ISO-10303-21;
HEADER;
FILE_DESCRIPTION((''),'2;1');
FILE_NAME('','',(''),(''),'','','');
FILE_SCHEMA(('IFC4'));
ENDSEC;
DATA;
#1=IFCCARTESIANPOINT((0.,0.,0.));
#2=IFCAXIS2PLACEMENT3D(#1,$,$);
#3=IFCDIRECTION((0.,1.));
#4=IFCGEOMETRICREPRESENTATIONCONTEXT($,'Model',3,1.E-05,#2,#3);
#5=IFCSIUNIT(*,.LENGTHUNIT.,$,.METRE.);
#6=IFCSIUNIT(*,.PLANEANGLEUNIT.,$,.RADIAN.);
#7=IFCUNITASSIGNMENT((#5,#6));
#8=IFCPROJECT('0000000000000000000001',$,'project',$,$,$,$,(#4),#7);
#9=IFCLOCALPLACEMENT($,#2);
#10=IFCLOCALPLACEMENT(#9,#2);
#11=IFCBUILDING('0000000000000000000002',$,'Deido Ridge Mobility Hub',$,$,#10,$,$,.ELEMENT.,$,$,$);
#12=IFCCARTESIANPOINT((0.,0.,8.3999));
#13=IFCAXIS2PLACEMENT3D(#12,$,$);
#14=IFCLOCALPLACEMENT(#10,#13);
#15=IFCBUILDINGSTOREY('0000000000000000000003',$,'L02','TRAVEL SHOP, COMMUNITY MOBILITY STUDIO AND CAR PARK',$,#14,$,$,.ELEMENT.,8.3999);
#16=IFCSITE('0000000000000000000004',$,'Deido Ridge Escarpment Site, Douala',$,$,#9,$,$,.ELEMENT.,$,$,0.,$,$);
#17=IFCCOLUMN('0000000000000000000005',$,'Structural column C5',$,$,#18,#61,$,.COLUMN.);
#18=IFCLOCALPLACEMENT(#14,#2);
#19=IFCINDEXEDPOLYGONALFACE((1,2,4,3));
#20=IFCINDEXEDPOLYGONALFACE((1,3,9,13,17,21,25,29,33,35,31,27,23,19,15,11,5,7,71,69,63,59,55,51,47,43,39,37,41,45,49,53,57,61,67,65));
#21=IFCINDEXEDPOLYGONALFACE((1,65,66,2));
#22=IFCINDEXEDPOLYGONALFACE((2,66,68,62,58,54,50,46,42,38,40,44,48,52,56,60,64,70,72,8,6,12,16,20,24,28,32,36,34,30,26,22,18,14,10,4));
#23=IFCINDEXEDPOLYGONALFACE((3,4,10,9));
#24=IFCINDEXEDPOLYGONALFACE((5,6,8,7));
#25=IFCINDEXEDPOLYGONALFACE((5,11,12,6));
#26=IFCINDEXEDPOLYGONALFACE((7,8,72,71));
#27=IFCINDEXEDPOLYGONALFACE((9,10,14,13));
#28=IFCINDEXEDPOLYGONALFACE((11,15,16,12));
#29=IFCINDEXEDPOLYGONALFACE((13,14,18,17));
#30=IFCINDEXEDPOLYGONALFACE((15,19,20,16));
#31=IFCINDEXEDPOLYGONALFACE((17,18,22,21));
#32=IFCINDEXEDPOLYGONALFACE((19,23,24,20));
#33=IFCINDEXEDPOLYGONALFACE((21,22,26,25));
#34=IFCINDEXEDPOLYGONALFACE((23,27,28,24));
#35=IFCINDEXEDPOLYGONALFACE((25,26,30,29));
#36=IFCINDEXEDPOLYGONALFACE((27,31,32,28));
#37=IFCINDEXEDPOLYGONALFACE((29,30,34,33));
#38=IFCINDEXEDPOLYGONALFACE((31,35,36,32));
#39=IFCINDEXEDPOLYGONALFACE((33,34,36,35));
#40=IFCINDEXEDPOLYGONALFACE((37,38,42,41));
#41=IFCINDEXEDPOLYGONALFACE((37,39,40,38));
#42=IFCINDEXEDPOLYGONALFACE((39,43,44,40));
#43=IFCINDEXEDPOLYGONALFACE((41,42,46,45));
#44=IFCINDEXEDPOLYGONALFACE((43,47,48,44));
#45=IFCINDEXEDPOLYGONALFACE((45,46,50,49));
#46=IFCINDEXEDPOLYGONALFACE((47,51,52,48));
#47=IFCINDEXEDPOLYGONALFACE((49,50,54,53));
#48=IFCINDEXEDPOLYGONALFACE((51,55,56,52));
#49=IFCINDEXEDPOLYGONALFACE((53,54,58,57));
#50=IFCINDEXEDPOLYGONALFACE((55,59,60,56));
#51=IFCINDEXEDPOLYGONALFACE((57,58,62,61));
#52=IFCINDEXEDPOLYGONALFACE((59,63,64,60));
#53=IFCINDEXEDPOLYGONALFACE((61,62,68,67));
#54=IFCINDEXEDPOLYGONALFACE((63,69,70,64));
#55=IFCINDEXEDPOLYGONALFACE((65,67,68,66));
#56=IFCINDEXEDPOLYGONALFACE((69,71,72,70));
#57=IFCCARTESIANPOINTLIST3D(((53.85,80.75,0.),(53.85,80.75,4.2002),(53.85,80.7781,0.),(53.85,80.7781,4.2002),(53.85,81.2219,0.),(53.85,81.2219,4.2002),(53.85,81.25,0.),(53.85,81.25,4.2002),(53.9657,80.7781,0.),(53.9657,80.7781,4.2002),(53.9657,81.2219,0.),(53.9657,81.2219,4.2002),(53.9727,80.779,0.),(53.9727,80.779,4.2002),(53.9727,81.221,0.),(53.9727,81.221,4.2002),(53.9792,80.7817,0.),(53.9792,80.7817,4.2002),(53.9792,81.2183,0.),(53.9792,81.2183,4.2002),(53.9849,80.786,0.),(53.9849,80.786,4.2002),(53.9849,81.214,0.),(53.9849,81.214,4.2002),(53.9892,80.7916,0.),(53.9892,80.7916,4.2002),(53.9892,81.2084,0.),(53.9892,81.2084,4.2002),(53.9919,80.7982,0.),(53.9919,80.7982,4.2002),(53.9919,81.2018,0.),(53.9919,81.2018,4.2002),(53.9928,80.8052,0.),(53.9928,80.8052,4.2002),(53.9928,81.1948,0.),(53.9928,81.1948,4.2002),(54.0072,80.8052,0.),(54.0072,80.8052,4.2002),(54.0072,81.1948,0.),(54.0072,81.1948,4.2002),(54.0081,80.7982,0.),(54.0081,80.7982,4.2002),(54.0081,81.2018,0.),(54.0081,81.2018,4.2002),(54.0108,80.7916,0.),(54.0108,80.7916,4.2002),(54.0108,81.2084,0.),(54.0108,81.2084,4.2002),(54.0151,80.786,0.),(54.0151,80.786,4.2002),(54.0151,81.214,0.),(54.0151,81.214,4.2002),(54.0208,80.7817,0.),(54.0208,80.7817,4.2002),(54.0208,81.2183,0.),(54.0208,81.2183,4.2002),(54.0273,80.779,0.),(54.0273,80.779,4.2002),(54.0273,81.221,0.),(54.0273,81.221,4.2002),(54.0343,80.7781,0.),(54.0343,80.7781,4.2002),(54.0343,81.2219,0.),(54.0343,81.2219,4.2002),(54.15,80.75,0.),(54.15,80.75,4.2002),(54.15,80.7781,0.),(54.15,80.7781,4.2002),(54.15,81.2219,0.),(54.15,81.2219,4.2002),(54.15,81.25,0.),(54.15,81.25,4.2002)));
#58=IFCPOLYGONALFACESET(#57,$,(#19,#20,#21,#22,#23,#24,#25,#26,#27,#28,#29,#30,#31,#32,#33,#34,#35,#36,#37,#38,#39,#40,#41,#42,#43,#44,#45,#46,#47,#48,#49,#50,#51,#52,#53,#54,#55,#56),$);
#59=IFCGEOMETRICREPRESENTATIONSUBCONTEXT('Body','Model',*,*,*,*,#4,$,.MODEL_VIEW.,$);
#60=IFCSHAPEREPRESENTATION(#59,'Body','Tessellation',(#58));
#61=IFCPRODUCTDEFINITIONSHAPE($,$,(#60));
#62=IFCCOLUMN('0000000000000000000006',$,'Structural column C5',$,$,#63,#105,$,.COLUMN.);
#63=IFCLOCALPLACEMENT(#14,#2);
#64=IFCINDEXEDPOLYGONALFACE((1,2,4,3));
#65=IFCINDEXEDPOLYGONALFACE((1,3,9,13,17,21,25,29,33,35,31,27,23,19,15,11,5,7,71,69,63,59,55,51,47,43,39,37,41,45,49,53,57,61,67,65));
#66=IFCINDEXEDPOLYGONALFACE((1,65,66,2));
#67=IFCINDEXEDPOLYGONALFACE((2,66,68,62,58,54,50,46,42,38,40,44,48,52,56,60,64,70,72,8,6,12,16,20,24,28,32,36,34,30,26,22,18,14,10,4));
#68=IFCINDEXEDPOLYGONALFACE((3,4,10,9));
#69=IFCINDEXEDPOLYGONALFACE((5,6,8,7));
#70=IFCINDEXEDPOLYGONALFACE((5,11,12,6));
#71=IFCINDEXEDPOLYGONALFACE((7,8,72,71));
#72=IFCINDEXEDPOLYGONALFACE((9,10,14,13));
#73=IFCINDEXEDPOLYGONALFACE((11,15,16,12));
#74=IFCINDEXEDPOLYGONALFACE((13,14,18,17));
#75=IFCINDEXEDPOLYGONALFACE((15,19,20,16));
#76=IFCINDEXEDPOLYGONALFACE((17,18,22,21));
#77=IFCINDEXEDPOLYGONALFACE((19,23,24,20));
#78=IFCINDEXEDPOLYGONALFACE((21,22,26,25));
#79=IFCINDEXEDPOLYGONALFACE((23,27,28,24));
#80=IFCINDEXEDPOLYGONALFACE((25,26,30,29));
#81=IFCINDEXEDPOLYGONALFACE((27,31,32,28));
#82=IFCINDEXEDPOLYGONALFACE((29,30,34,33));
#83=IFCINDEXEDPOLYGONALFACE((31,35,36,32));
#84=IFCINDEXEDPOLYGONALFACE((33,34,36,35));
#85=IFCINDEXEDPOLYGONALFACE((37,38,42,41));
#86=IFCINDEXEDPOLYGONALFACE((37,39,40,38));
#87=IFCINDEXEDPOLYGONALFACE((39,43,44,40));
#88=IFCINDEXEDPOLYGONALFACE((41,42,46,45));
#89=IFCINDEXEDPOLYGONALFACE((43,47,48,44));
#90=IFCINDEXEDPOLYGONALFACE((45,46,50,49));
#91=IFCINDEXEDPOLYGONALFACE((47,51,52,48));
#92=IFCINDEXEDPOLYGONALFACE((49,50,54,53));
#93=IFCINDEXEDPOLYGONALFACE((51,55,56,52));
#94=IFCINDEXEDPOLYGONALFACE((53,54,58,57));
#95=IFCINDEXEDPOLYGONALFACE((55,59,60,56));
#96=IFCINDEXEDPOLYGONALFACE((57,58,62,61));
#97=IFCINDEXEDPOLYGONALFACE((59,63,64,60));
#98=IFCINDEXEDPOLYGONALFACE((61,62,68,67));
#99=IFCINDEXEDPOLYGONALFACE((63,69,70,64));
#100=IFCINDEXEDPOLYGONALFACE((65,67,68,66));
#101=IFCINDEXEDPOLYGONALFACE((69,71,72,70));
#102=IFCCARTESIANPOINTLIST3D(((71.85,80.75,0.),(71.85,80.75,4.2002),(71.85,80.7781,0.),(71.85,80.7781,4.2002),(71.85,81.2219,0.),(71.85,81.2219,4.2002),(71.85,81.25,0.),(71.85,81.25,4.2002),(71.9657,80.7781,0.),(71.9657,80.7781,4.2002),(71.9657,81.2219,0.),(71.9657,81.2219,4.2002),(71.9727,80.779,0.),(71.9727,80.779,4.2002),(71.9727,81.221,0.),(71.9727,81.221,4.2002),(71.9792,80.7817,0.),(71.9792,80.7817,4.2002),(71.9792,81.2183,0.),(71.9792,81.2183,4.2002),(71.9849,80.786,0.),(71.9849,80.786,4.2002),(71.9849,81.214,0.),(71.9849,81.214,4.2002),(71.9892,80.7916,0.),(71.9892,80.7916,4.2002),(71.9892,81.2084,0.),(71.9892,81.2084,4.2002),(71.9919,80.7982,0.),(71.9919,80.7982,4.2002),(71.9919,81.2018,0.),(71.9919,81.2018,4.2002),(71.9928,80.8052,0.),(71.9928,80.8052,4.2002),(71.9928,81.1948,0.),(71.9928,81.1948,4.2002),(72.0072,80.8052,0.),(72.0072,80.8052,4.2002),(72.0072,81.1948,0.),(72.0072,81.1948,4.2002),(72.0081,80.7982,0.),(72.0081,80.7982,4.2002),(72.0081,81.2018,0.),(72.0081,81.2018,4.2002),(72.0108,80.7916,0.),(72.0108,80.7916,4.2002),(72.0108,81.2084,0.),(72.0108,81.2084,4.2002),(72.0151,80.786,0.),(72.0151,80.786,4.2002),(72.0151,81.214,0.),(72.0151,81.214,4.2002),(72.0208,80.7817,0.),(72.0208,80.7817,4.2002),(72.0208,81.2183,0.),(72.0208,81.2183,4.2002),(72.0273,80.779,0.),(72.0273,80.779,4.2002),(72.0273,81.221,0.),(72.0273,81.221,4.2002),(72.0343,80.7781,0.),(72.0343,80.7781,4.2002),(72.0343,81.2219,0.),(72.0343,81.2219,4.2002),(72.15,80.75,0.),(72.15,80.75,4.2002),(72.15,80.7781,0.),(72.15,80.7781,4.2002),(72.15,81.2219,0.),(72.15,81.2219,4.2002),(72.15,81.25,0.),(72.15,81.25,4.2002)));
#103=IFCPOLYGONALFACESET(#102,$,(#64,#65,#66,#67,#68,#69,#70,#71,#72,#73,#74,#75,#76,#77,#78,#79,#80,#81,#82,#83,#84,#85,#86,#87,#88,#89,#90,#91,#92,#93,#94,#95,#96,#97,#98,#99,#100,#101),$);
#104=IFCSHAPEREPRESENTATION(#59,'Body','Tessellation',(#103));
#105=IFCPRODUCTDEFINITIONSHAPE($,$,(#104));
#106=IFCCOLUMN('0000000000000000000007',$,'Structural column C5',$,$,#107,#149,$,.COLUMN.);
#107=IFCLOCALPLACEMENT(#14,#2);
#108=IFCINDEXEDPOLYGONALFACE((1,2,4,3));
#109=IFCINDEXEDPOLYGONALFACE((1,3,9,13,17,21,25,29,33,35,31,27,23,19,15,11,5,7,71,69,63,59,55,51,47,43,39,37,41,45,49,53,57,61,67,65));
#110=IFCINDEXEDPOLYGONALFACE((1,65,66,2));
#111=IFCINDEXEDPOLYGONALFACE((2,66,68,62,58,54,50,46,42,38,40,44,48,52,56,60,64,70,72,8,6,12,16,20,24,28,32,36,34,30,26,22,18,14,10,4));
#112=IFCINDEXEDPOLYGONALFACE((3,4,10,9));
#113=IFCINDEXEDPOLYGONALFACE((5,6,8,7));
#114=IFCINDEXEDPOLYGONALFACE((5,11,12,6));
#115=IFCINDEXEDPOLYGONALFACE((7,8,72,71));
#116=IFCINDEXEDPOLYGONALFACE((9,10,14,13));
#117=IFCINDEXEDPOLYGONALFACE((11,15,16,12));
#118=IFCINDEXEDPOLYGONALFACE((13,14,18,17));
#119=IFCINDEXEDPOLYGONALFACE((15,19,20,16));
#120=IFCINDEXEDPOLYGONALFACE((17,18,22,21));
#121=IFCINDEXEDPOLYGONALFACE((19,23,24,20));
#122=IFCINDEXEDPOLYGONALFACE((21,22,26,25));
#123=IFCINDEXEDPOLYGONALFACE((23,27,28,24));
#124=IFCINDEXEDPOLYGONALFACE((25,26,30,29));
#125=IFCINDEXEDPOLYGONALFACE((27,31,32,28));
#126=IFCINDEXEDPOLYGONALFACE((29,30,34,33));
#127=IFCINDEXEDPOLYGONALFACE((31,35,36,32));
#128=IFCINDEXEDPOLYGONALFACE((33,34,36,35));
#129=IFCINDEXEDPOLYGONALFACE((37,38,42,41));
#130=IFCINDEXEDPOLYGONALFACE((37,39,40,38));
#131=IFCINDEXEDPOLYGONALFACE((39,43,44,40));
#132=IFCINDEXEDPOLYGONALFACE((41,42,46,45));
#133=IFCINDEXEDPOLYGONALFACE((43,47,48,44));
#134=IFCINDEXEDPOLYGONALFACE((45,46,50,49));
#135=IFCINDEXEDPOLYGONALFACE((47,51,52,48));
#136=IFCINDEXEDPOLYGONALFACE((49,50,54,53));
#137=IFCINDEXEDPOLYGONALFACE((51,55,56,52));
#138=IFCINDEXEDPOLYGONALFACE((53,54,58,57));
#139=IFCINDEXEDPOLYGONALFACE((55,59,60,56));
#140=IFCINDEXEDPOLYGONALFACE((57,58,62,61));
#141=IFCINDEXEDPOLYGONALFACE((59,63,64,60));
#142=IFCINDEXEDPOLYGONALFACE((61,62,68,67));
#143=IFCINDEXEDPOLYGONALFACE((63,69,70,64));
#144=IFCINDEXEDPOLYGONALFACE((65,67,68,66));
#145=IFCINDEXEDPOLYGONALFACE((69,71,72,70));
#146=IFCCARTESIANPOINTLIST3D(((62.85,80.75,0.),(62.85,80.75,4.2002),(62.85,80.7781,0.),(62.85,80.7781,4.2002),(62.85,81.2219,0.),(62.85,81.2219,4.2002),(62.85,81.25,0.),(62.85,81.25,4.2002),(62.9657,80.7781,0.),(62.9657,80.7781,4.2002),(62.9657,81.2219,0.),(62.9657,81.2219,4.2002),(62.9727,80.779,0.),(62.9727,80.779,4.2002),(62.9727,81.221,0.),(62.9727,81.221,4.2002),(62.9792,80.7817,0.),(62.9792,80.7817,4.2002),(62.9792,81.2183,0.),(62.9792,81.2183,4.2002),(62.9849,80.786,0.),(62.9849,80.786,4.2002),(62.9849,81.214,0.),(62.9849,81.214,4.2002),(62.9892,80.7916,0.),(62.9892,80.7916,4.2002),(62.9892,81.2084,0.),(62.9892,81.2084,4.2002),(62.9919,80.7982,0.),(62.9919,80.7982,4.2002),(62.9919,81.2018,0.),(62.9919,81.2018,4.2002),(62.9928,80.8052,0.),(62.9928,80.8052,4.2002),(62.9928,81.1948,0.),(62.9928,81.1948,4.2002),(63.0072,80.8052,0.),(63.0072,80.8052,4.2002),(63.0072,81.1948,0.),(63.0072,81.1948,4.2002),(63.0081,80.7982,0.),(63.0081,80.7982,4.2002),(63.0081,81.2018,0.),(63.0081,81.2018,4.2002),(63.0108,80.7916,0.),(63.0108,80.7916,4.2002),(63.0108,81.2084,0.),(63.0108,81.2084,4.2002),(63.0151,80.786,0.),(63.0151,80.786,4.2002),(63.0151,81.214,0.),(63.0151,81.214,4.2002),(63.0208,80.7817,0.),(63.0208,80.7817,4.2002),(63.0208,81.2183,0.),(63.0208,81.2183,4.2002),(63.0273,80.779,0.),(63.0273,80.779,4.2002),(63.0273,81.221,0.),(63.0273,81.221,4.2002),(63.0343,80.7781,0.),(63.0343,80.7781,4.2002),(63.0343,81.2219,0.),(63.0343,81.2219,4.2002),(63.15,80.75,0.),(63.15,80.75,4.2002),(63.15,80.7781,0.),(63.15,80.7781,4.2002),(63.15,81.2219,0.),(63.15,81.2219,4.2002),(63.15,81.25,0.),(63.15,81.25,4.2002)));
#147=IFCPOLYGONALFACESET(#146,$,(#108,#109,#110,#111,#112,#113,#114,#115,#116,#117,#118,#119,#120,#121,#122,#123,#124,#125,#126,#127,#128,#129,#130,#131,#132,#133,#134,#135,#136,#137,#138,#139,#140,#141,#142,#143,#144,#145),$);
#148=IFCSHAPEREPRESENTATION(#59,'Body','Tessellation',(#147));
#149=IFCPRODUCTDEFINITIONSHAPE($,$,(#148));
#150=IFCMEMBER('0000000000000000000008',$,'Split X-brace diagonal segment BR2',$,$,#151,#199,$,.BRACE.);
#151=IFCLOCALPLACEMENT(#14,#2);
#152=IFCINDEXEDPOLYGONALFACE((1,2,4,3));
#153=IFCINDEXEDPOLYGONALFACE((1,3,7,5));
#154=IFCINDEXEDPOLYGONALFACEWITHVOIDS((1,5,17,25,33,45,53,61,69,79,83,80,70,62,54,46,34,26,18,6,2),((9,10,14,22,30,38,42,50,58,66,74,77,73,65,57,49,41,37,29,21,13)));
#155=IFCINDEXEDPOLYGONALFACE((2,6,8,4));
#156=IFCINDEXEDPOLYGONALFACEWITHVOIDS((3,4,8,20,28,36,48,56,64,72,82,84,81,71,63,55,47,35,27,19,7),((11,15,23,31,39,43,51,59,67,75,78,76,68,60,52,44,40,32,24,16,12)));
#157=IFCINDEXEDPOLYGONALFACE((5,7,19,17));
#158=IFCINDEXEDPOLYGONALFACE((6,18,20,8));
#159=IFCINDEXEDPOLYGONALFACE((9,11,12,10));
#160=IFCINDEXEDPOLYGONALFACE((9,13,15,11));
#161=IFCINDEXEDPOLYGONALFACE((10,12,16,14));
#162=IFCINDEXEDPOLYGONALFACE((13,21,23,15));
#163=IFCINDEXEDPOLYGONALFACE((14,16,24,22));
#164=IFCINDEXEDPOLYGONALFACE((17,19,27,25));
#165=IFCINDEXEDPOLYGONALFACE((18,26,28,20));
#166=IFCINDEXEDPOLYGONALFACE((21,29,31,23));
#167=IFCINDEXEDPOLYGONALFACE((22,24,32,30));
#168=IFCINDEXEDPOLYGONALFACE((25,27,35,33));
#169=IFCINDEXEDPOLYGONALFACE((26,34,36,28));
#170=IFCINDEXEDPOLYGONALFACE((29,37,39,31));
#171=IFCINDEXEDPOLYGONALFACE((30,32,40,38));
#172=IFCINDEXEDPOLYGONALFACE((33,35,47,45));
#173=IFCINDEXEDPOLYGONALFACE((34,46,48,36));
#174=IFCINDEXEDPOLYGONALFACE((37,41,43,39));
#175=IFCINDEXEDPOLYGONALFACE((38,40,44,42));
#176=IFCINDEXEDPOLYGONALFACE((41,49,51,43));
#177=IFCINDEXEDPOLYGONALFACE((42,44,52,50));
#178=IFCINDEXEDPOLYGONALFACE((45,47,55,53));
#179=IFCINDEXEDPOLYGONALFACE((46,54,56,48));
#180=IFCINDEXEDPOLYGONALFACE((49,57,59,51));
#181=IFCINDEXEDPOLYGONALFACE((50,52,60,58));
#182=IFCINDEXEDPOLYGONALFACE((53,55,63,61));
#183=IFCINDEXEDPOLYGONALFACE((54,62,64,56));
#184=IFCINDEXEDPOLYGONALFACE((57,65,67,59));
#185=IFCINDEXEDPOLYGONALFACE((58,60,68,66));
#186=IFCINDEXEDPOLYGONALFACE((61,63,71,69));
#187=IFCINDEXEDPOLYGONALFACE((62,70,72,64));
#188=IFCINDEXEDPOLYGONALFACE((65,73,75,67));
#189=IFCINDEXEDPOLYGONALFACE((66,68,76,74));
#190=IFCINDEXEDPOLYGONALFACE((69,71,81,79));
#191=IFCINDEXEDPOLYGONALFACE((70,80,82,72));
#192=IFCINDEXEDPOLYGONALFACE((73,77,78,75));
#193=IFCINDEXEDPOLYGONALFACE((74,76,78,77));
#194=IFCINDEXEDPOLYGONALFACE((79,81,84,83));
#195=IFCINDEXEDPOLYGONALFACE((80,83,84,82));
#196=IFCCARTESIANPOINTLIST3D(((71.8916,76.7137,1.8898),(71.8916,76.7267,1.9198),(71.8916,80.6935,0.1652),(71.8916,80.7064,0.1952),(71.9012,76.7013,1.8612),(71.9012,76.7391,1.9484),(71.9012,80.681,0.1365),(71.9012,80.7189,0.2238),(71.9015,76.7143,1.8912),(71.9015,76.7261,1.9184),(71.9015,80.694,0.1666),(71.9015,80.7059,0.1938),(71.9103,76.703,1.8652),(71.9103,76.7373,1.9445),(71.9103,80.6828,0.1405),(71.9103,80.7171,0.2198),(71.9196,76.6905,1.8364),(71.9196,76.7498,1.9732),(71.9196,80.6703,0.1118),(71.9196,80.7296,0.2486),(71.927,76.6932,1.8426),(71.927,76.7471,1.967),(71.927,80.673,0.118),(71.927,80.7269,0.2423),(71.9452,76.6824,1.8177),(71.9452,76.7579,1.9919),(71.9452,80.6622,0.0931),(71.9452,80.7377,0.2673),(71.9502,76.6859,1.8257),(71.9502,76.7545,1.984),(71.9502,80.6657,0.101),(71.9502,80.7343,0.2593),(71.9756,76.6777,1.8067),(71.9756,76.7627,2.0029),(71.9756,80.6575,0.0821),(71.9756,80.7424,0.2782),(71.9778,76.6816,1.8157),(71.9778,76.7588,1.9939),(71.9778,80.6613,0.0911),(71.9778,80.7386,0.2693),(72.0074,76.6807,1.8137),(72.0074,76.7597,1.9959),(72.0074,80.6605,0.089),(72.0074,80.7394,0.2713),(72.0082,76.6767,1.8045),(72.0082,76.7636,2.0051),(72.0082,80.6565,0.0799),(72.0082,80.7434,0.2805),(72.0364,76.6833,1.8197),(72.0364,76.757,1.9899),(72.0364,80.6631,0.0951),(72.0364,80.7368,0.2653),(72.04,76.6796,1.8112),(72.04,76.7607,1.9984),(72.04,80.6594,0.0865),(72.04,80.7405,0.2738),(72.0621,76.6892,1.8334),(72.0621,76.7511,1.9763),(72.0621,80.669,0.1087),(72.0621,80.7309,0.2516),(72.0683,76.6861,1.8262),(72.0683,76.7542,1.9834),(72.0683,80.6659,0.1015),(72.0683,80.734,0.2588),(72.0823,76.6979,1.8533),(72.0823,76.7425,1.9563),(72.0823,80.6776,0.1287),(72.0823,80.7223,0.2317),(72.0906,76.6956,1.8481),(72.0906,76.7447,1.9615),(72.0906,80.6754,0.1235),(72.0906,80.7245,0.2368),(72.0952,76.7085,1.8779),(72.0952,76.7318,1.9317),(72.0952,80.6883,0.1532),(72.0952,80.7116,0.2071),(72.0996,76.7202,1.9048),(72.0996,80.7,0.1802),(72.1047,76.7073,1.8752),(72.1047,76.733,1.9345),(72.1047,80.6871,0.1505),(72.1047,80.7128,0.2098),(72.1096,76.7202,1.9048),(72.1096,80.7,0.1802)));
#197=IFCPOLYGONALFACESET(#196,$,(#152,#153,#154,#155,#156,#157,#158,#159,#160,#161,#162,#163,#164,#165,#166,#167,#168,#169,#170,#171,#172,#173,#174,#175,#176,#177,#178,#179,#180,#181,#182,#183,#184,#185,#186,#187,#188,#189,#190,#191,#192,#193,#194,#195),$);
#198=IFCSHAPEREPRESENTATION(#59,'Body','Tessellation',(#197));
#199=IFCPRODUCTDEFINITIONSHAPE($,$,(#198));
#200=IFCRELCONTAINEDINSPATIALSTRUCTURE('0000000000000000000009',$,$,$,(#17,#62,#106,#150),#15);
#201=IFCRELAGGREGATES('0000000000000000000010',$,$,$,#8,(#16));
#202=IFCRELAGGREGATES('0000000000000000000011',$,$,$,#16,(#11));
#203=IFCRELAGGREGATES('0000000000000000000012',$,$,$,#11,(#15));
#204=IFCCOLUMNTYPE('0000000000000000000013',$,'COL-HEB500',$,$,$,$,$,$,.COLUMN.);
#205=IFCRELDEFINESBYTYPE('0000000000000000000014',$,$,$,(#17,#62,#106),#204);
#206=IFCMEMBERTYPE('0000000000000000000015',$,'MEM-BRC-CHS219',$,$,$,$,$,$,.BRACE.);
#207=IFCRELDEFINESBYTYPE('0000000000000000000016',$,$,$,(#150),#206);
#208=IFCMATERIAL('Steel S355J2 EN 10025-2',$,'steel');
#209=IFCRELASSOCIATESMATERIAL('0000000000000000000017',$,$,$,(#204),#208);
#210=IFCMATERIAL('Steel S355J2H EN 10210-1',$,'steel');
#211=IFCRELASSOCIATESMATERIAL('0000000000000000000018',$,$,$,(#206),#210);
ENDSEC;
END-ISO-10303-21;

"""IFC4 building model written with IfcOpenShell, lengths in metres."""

from ifc_helpers import new_model, si_unit, direction, frame, origin, origin_2d, place, context, subcontext, project, spatial, hollow_circle, i_section, extrude, material, material_profile, profile_set, type_object, element, save


model = new_model("IFC4")

# Units and contexts
model_context = context("Model", 3, precision=1e-05, world=origin(), true_north=direction((0.0, 1.0)))
body_context = subcontext(model_context, "Body", "Model", "MODEL_VIEW")
ifc_project = project(units=[si_unit("LENGTHUNIT", "METRE"), si_unit("PLANEANGLEUNIT", "RADIAN")], contexts=[model_context])

# Site, building, storey
site_placement = place(None, origin())
site = spatial("IfcSite", under=ifc_project, at=site_placement, Name="Deido Ridge Escarpment Site, Douala", CompositionType="ELEMENT", RefElevation=0.0)
building_placement = place(site_placement, origin())
building = spatial("IfcBuilding", under=site, at=building_placement, Name="Deido Ridge Mobility Hub", CompositionType="ELEMENT")
storey_placement = place(building_placement, frame((0.0, 0.0, 8.3999)))
storey = spatial("IfcBuildingStorey", under=building, at=storey_placement, Name="L02", Description="TRAVEL SHOP, COMMUNITY MOBILITY STUDIO AND CAR PARK", CompositionType="ELEMENT", Elevation=8.3999)

# Columns
ifc_material_1 = material(Name="Steel S355J2 EN 10025-2", Category="steel")
ifc_material_profile_1 = material_profile(ifc_material_1, i_section(OverallWidth=0.3, OverallDepth=0.5, WebThickness=0.0144, FlangeThickness=0.0281, FilletRadius=0.0271, at=origin_2d()), Name="HEB 500")
ifc_profile_set_1 = profile_set([ifc_material_profile_1], Name="Steel S355J2 EN 10025-2")
column_type = type_object("IfcColumnType", Name="COL-HEB500", PredefinedType="COLUMN", material=ifc_profile_set_1)
for number, where, z_axis, x_axis, name in (
    (1, (54.0, 81.0, 0.0), (0.0, 0.0, 1.0), (1.0, 0.0, 0.0), "Structural column C5"),
    (2, (72.0, 81.0, 0.0), (0.0, 0.0, 1.0), (1.0, 0.0, 0.0), "Structural column C5"),
    (3, (63.0, 81.0, 0.0), (0.0, 0.0, 1.0), (1.0, 0.0, 0.0), "Structural column C5"),
):
    element("IfcColumn", number, at=place(storey_placement, frame(where, z_axis=z_axis, x_axis=x_axis)), inside=storey, type_object=column_type, Name=name, PredefinedType="COLUMN", context=body_context, shape_type="SweptSolid", body=[
        extrude(i_section(OverallWidth=0.3, OverallDepth=0.5, WebThickness=0.0144, FlangeThickness=0.0281, FilletRadius=0.0271, at=origin_2d()), origin(), (0.0, 0.0, 1.0), 4.2002),
    ])

# Member
ifc_material_2 = material(Name="Steel S355J2H EN 10210-1", Category="steel")
ifc_material_profile_2 = material_profile(ifc_material_2, hollow_circle(Radius=0.1096, WallThickness=0.01, at=origin_2d()), Name="CHS 219.1x10")
ifc_profile_set_2 = profile_set([ifc_material_profile_2], Name="Steel S355J2H EN 10210-1")
member_type_1 = type_object("IfcMemberType", Name="MEM-BRC-CHS219", PredefinedType="BRACE", material=ifc_profile_set_2)
member_1_placement = place(storey_placement, frame((72.0, 80.7, 0.1802), z_axis=(0.0, -0.917551, 0.397618), x_axis=(1.0, 0.0, 0.0)))
element("IfcMember", 4, at=member_1_placement, inside=storey, type_object=member_type_1, Name="Split X-brace diagonal segment BR2", PredefinedType="BRACE", context=body_context, shape_type="SweptSolid", body=[
    extrude(hollow_circle(Radius=0.1096, WallThickness=0.01, at=origin_2d()), origin(), (0.0, 0.0, 1.0), 4.3374),
])

save(model, "model.ifc")
